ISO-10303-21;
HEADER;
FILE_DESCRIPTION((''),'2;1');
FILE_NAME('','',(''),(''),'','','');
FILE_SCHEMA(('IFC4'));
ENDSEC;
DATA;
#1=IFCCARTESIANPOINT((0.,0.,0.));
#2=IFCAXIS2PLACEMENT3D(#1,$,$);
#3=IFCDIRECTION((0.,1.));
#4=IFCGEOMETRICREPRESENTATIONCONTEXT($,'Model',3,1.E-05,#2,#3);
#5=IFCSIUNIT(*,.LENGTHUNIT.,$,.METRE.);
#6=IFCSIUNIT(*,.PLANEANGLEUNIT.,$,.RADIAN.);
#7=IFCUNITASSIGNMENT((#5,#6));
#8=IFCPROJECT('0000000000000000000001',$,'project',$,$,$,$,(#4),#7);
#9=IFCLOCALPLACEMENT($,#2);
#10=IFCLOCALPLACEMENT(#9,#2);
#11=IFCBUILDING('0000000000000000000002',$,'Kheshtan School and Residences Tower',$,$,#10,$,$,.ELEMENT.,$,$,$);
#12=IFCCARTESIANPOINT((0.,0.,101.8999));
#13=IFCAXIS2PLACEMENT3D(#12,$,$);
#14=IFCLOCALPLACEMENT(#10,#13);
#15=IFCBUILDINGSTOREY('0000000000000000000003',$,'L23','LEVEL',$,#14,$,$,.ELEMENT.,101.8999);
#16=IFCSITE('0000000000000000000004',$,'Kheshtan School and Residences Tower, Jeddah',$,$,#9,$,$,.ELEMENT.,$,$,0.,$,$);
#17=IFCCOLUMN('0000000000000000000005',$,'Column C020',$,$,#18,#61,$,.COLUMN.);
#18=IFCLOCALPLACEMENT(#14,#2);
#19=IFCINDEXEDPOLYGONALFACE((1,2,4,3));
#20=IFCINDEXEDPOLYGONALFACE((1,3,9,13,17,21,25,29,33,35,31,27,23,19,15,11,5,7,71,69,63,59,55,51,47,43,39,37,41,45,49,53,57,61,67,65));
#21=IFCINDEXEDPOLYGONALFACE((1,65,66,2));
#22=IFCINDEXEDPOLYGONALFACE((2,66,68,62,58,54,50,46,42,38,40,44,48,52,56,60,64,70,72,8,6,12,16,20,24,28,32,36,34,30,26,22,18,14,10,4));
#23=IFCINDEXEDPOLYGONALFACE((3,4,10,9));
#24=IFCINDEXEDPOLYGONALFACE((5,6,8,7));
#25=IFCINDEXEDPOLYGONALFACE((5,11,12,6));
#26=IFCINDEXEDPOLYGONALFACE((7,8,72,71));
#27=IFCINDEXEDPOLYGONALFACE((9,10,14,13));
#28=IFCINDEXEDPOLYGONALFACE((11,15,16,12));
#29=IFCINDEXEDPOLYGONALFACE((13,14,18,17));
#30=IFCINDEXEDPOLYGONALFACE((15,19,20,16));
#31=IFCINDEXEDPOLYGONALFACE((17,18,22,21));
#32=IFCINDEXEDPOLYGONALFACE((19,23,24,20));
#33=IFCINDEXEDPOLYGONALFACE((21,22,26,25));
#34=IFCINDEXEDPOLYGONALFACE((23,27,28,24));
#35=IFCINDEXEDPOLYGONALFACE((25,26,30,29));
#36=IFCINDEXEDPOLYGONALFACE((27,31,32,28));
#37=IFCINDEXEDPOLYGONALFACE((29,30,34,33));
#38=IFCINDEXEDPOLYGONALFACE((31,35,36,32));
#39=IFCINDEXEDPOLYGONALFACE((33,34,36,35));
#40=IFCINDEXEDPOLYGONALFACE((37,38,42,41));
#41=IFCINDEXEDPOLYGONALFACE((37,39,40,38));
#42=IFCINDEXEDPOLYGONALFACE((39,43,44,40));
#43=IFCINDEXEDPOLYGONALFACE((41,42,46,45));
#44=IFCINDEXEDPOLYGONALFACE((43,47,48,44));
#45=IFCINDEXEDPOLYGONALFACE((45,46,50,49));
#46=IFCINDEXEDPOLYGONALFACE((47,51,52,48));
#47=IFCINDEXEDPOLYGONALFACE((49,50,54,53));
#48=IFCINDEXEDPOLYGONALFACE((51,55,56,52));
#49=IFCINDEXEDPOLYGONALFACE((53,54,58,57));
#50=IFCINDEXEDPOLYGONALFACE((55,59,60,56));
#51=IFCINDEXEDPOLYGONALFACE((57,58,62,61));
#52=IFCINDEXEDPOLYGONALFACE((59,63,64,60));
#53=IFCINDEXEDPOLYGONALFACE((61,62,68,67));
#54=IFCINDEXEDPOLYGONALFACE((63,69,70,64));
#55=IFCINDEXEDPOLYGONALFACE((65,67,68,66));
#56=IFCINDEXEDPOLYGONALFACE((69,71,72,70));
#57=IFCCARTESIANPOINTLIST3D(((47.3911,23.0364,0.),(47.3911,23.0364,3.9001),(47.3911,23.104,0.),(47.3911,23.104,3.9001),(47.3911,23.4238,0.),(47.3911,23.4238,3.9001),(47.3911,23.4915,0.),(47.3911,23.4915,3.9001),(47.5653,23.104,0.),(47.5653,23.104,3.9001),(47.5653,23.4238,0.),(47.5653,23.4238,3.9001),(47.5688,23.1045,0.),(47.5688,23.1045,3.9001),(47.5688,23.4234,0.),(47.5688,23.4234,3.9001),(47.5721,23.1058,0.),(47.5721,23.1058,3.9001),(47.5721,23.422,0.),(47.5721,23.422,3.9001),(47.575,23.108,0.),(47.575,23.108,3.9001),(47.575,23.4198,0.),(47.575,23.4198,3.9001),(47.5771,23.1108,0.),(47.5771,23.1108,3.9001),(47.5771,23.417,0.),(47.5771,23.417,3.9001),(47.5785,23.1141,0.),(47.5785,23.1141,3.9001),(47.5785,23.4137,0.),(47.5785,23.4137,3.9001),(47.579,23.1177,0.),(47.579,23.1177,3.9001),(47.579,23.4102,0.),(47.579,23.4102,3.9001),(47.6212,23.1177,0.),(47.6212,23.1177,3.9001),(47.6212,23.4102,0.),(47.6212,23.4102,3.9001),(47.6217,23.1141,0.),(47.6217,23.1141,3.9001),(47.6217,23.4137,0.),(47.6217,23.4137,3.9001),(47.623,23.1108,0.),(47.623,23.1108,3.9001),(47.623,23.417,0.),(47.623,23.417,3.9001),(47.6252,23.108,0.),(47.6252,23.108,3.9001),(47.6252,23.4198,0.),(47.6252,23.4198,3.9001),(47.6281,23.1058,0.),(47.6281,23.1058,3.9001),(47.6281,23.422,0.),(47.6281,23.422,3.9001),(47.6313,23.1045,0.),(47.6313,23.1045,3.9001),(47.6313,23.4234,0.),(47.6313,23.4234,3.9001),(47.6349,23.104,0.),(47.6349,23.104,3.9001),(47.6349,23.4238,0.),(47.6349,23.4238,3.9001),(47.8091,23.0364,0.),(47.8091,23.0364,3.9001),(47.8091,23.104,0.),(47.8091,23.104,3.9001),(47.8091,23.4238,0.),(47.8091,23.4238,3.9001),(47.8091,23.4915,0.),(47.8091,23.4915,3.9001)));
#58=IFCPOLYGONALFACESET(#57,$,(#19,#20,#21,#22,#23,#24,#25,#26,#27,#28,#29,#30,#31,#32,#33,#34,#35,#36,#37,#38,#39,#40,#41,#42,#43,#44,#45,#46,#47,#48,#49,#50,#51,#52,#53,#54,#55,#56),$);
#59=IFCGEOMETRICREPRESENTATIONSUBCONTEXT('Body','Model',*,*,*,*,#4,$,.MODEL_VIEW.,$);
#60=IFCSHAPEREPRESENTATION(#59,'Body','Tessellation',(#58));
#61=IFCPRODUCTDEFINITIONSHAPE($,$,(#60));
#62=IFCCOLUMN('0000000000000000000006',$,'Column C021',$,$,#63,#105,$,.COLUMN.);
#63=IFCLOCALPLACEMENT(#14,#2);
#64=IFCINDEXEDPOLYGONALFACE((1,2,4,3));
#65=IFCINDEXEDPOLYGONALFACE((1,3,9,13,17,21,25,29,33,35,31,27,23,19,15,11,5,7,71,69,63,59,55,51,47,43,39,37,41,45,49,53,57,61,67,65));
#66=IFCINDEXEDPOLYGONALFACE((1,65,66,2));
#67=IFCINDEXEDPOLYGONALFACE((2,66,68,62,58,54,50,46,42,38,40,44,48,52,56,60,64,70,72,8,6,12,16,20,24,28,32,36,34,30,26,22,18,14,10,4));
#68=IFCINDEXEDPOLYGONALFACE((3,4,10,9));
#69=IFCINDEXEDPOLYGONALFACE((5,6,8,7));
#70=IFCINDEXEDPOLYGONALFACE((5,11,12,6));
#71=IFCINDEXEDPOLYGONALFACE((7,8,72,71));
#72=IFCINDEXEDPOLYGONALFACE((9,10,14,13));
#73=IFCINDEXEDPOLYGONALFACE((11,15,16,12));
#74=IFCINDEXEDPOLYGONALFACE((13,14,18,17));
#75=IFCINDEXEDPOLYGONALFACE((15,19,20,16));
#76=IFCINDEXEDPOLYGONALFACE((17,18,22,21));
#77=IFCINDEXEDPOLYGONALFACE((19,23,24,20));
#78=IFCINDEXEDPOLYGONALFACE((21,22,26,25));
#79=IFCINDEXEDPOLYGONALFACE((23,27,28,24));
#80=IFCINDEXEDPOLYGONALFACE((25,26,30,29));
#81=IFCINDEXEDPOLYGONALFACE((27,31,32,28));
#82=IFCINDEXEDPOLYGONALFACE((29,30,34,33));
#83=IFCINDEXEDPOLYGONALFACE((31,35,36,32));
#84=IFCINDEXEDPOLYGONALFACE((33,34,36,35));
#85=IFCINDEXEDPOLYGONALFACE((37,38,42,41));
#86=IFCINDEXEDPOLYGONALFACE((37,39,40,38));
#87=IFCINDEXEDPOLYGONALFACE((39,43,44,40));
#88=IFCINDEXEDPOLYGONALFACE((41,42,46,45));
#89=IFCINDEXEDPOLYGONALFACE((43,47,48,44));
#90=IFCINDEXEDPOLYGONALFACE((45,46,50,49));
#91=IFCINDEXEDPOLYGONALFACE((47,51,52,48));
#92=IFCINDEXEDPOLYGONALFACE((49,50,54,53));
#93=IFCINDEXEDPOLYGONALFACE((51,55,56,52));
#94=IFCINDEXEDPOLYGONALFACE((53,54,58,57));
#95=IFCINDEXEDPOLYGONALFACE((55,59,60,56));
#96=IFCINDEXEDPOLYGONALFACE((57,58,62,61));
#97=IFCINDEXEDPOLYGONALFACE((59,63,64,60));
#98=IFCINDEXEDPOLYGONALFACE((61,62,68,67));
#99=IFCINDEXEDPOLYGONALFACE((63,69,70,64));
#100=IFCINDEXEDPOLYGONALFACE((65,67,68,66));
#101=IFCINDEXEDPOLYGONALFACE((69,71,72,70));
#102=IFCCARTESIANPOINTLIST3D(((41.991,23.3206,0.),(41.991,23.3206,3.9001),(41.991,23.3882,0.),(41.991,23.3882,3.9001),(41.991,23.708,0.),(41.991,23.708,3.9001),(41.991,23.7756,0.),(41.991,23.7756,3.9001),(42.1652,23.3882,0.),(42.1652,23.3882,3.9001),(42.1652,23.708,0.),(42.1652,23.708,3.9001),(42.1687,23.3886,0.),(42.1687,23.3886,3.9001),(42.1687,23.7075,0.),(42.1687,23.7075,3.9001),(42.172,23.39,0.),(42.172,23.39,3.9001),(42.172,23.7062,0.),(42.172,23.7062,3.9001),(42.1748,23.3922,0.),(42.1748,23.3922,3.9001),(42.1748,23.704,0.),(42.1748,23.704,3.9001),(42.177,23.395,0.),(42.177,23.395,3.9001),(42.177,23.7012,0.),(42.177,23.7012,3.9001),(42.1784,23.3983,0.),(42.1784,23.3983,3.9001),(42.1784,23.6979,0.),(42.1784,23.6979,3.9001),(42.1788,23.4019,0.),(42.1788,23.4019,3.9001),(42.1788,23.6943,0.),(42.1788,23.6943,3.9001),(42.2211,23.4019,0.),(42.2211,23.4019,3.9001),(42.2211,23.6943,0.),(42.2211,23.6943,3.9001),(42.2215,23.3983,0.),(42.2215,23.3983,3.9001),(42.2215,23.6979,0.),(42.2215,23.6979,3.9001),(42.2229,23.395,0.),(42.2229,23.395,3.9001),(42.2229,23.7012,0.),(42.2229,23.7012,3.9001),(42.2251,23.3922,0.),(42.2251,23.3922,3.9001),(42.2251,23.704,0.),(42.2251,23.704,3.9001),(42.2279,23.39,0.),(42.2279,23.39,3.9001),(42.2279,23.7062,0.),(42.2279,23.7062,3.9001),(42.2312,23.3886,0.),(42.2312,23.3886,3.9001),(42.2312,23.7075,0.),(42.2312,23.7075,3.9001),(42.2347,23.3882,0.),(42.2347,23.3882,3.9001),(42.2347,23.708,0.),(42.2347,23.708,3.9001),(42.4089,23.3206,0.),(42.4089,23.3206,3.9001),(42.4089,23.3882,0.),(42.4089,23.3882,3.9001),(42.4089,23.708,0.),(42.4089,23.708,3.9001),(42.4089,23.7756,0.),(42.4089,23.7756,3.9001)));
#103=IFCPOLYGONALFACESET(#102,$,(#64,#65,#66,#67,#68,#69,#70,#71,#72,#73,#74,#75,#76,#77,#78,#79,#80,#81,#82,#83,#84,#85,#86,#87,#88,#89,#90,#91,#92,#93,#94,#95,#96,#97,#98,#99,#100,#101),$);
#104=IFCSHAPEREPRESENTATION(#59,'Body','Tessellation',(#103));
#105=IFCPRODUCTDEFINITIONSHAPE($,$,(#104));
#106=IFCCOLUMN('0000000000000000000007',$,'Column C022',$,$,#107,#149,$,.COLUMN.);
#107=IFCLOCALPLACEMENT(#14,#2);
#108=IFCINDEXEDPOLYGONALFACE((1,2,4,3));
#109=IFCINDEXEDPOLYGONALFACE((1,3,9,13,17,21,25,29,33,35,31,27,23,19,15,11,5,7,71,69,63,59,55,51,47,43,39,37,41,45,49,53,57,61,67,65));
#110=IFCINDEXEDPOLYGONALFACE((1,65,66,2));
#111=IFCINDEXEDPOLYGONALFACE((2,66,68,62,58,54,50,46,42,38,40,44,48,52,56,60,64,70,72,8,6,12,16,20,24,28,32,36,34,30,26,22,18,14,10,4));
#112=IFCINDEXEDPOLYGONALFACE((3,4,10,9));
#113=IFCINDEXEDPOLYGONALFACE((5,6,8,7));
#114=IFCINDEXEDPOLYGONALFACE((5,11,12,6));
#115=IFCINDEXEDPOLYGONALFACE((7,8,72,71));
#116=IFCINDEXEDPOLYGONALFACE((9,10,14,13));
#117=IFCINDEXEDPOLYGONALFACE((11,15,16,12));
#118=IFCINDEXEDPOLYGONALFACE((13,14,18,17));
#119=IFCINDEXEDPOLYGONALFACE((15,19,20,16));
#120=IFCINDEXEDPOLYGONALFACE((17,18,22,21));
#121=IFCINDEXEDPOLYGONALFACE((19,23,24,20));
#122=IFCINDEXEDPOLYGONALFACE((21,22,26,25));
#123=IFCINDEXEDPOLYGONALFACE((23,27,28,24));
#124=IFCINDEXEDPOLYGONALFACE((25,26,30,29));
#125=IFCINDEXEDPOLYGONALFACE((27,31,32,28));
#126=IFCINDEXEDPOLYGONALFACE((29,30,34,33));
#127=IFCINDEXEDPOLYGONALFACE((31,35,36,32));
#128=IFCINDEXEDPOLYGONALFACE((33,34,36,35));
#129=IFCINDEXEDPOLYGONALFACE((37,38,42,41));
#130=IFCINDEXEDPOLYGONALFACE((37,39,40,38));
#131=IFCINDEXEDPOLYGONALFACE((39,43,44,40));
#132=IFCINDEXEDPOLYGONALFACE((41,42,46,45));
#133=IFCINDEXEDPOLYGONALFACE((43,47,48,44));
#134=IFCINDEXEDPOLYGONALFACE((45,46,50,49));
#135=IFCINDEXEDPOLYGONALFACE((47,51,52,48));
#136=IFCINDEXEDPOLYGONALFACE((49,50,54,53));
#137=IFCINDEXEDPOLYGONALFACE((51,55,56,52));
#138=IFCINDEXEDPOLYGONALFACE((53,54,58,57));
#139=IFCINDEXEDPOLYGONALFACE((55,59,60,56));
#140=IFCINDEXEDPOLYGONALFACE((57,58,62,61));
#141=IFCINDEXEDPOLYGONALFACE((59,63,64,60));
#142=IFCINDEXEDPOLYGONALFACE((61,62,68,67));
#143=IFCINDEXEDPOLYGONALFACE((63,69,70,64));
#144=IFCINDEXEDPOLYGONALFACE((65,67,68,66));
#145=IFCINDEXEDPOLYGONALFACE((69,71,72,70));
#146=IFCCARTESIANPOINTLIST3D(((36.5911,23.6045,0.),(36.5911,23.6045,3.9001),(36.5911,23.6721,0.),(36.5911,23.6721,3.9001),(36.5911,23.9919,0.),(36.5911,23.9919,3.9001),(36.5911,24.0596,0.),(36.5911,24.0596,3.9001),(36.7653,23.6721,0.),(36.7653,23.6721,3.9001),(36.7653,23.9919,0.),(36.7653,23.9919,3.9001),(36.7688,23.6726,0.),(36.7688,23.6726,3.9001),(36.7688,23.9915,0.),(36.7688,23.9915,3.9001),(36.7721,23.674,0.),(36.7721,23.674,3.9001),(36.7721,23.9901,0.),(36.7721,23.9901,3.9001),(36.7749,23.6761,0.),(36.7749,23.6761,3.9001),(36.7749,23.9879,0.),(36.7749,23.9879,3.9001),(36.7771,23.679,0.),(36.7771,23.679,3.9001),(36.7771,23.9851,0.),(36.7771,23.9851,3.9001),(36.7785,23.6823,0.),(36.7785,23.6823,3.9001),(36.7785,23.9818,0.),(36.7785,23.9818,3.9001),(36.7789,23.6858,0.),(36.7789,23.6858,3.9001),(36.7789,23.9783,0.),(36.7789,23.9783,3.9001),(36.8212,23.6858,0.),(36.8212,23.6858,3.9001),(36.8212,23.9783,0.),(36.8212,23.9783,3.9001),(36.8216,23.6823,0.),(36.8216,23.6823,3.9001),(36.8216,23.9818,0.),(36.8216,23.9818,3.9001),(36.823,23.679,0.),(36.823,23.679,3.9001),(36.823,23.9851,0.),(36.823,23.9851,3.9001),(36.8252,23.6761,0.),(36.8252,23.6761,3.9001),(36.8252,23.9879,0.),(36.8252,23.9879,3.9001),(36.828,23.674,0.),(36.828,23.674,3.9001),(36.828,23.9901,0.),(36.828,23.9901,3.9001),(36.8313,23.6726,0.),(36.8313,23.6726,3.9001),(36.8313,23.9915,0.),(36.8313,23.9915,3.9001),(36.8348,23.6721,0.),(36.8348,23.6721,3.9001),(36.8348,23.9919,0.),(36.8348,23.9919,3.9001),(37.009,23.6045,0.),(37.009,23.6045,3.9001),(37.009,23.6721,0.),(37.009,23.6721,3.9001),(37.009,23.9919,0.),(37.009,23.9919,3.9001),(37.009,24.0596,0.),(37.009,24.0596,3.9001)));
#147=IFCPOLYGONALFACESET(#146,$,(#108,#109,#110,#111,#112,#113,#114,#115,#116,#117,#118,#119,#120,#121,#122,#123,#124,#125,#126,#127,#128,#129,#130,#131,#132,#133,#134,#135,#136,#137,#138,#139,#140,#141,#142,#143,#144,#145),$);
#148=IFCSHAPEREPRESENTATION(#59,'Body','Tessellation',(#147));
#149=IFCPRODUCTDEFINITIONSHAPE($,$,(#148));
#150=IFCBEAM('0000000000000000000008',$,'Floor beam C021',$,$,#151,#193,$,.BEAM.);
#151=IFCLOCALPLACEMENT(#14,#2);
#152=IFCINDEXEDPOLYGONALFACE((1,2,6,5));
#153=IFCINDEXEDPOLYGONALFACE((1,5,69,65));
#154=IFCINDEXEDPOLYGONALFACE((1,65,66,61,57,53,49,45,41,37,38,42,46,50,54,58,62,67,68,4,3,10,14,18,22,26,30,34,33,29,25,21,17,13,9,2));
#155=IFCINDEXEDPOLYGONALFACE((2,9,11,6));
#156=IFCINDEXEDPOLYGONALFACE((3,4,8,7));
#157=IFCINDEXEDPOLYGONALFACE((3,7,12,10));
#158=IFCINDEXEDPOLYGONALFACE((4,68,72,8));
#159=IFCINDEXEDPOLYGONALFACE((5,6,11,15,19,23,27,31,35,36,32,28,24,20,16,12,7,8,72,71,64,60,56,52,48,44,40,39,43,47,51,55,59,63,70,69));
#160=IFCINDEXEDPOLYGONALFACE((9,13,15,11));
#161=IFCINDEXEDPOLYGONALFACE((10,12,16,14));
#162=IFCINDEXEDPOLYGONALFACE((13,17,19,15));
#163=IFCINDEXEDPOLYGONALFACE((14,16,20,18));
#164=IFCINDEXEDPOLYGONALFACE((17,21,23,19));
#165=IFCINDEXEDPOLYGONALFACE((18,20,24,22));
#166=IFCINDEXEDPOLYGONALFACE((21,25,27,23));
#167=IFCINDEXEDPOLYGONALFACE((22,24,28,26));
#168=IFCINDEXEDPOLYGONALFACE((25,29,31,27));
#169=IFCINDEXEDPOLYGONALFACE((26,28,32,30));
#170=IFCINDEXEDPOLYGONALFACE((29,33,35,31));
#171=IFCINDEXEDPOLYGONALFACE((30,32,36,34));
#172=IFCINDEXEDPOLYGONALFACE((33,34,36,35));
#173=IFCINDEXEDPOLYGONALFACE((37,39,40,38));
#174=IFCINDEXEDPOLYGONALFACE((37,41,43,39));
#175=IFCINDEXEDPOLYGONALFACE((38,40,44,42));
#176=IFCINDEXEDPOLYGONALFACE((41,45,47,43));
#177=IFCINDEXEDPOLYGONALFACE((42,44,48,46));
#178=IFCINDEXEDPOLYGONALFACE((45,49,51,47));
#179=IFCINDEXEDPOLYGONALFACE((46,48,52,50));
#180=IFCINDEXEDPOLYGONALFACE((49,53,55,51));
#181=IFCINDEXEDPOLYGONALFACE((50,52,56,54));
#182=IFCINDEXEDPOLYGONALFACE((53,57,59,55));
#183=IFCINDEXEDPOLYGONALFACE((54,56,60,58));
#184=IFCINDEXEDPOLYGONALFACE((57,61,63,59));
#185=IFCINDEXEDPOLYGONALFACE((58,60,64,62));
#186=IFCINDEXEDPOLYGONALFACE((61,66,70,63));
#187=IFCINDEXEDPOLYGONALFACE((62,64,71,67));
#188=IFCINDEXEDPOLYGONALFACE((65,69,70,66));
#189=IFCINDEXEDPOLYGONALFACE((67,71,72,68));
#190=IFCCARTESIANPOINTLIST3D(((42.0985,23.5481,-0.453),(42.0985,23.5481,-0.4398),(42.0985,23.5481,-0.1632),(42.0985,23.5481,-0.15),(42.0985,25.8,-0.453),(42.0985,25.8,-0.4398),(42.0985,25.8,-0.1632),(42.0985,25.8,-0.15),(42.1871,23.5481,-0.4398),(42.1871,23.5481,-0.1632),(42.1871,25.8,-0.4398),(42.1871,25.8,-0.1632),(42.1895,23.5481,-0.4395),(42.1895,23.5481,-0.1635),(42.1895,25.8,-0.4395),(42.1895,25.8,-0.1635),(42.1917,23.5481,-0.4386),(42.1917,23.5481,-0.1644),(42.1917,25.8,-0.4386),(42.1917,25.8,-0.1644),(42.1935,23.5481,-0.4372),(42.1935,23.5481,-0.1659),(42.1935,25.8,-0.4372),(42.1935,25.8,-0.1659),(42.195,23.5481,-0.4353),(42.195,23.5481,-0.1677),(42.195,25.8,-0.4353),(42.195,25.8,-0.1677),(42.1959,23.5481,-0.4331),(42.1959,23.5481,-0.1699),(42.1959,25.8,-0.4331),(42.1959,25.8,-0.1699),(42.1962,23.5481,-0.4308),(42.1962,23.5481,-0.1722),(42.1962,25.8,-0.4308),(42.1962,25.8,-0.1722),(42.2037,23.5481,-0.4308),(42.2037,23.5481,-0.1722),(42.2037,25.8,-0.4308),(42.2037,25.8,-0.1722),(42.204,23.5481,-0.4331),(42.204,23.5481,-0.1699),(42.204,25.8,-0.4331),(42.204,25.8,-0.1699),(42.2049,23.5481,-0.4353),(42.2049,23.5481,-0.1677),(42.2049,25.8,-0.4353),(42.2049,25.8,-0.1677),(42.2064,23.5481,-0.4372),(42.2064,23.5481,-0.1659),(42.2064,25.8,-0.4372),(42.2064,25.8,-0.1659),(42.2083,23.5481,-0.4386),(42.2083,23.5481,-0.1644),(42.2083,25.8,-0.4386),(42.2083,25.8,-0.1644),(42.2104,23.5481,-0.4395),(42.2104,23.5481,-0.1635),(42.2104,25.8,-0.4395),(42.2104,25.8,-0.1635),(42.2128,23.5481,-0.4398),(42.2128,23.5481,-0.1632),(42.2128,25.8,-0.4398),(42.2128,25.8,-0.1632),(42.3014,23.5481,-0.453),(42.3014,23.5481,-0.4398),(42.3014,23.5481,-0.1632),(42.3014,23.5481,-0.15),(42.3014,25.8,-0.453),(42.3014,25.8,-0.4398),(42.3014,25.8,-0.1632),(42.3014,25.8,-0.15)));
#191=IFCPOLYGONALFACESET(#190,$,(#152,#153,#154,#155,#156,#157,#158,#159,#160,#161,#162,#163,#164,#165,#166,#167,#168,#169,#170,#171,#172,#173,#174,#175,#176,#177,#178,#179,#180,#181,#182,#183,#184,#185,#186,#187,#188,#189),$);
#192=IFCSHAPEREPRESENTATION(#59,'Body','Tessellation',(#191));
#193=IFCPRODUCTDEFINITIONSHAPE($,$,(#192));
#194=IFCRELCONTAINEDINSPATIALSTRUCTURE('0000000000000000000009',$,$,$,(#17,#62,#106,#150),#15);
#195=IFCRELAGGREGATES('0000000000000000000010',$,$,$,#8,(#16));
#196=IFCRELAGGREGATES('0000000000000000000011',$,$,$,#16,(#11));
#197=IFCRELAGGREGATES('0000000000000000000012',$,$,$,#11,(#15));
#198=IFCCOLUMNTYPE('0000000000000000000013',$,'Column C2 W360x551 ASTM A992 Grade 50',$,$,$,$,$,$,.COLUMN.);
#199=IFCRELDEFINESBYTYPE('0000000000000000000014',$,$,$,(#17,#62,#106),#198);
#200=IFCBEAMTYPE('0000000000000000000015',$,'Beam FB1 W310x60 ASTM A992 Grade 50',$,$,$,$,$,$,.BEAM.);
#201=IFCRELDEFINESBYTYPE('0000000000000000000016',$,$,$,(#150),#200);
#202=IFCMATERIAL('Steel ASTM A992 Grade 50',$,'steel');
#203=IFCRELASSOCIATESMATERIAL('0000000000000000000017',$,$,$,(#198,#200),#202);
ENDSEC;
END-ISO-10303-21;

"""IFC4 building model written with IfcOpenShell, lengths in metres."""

from ifc_helpers import new_model, si_unit, direction, frame, origin, origin_2d, place, context, subcontext, project, spatial, i_section, extrude, material, material_profile, profile_set, type_object, element, save


model = new_model("IFC4")

# Units and contexts
model_context = context("Model", 3, precision=1e-05, world=origin(), true_north=direction((0.0, 1.0)))
body_context = subcontext(model_context, "Body", "Model", "MODEL_VIEW")
ifc_project = project(units=[si_unit("LENGTHUNIT", "METRE"), si_unit("PLANEANGLEUNIT", "RADIAN")], contexts=[model_context])

# Site, building, storey
site_placement = place(None, origin())
site = spatial("IfcSite", under=ifc_project, at=site_placement, Name="Kheshtan School and Residences Tower, Jeddah", CompositionType="ELEMENT", RefElevation=0.0)
building_placement = place(site_placement, origin())
building = spatial("IfcBuilding", under=site, at=building_placement, Name="Kheshtan School and Residences Tower", CompositionType="ELEMENT")
storey_placement = place(building_placement, frame((0.0, 0.0, 101.8999)))
storey = spatial("IfcBuildingStorey", under=building, at=storey_placement, Name="L23", Description="LEVEL", CompositionType="ELEMENT", Elevation=101.8999)

# Columns
ifc_material_1 = material(Name="Steel ASTM A992 Grade 50", Category="steel")
ifc_material_profile_1 = material_profile(ifc_material_1, i_section(OverallWidth=0.418, OverallDepth=0.4551, WebThickness=0.0422, FlangeThickness=0.0676, FilletRadius=0.0137, at=origin_2d()), Name="W360x551")
ifc_profile_set_1 = profile_set([ifc_material_profile_1], Name="Steel ASTM A992 Grade 50")
column_type = type_object("IfcColumnType", Name="Column C2 W360x551 ASTM A992 Grade 50", PredefinedType="COLUMN", material=ifc_profile_set_1)
for number, where, z_axis, x_axis, name in (
    (1, (47.6001, 23.2639, 0.0), (0.0, 0.0, 1.0), (1.0, 0.0, 0.0), "Column C020"),
    (2, (42.2, 23.5481, 0.0), (0.0, 0.0, 1.0), (1.0, 0.0, 0.0), "Column C021"),
    (3, (36.8, 23.832, 0.0), (0.0, 0.0, 1.0), (1.0, 0.0, 0.0), "Column C022"),
):
    element("IfcColumn", number, at=place(storey_placement, frame(where, z_axis=z_axis, x_axis=x_axis)), inside=storey, type_object=column_type, Name=name, PredefinedType="COLUMN", context=body_context, shape_type="SweptSolid", body=[
        extrude(i_section(OverallWidth=0.418, OverallDepth=0.4551, WebThickness=0.0422, FlangeThickness=0.0676, FilletRadius=0.0137, at=origin_2d()), origin(), (0.0, 0.0, 1.0), 3.9001),
    ])

# Beam
ifc_material_profile_2 = material_profile(ifc_material_1, i_section(OverallWidth=0.2029, OverallDepth=0.303, WebThickness=0.0076, FlangeThickness=0.0132, FilletRadius=0.009, at=origin_2d()), Name="W310x60")
ifc_profile_set_2 = profile_set([ifc_material_profile_2], Name="Steel ASTM A992 Grade 50")
beam_type_1 = type_object("IfcBeamType", Name="Beam FB1 W310x60 ASTM A992 Grade 50", PredefinedType="BEAM", material=ifc_profile_set_2)
beam_1_placement = place(storey_placement, frame((42.2, 23.5481, -0.3015), z_axis=(0.0, 1.0, 0.0), x_axis=(-1.0, 0.0, 0.0)))
element("IfcBeam", 4, at=beam_1_placement, inside=storey, type_object=beam_type_1, Name="Floor beam C021", PredefinedType="BEAM", context=body_context, shape_type="SweptSolid", body=[
    extrude(i_section(OverallWidth=0.2029, OverallDepth=0.303, WebThickness=0.0076, FlangeThickness=0.0132, FilletRadius=0.009, at=origin_2d()), origin(), (0.0, 0.0, 1.0), 2.252),
])

save(model, "model.ifc")
